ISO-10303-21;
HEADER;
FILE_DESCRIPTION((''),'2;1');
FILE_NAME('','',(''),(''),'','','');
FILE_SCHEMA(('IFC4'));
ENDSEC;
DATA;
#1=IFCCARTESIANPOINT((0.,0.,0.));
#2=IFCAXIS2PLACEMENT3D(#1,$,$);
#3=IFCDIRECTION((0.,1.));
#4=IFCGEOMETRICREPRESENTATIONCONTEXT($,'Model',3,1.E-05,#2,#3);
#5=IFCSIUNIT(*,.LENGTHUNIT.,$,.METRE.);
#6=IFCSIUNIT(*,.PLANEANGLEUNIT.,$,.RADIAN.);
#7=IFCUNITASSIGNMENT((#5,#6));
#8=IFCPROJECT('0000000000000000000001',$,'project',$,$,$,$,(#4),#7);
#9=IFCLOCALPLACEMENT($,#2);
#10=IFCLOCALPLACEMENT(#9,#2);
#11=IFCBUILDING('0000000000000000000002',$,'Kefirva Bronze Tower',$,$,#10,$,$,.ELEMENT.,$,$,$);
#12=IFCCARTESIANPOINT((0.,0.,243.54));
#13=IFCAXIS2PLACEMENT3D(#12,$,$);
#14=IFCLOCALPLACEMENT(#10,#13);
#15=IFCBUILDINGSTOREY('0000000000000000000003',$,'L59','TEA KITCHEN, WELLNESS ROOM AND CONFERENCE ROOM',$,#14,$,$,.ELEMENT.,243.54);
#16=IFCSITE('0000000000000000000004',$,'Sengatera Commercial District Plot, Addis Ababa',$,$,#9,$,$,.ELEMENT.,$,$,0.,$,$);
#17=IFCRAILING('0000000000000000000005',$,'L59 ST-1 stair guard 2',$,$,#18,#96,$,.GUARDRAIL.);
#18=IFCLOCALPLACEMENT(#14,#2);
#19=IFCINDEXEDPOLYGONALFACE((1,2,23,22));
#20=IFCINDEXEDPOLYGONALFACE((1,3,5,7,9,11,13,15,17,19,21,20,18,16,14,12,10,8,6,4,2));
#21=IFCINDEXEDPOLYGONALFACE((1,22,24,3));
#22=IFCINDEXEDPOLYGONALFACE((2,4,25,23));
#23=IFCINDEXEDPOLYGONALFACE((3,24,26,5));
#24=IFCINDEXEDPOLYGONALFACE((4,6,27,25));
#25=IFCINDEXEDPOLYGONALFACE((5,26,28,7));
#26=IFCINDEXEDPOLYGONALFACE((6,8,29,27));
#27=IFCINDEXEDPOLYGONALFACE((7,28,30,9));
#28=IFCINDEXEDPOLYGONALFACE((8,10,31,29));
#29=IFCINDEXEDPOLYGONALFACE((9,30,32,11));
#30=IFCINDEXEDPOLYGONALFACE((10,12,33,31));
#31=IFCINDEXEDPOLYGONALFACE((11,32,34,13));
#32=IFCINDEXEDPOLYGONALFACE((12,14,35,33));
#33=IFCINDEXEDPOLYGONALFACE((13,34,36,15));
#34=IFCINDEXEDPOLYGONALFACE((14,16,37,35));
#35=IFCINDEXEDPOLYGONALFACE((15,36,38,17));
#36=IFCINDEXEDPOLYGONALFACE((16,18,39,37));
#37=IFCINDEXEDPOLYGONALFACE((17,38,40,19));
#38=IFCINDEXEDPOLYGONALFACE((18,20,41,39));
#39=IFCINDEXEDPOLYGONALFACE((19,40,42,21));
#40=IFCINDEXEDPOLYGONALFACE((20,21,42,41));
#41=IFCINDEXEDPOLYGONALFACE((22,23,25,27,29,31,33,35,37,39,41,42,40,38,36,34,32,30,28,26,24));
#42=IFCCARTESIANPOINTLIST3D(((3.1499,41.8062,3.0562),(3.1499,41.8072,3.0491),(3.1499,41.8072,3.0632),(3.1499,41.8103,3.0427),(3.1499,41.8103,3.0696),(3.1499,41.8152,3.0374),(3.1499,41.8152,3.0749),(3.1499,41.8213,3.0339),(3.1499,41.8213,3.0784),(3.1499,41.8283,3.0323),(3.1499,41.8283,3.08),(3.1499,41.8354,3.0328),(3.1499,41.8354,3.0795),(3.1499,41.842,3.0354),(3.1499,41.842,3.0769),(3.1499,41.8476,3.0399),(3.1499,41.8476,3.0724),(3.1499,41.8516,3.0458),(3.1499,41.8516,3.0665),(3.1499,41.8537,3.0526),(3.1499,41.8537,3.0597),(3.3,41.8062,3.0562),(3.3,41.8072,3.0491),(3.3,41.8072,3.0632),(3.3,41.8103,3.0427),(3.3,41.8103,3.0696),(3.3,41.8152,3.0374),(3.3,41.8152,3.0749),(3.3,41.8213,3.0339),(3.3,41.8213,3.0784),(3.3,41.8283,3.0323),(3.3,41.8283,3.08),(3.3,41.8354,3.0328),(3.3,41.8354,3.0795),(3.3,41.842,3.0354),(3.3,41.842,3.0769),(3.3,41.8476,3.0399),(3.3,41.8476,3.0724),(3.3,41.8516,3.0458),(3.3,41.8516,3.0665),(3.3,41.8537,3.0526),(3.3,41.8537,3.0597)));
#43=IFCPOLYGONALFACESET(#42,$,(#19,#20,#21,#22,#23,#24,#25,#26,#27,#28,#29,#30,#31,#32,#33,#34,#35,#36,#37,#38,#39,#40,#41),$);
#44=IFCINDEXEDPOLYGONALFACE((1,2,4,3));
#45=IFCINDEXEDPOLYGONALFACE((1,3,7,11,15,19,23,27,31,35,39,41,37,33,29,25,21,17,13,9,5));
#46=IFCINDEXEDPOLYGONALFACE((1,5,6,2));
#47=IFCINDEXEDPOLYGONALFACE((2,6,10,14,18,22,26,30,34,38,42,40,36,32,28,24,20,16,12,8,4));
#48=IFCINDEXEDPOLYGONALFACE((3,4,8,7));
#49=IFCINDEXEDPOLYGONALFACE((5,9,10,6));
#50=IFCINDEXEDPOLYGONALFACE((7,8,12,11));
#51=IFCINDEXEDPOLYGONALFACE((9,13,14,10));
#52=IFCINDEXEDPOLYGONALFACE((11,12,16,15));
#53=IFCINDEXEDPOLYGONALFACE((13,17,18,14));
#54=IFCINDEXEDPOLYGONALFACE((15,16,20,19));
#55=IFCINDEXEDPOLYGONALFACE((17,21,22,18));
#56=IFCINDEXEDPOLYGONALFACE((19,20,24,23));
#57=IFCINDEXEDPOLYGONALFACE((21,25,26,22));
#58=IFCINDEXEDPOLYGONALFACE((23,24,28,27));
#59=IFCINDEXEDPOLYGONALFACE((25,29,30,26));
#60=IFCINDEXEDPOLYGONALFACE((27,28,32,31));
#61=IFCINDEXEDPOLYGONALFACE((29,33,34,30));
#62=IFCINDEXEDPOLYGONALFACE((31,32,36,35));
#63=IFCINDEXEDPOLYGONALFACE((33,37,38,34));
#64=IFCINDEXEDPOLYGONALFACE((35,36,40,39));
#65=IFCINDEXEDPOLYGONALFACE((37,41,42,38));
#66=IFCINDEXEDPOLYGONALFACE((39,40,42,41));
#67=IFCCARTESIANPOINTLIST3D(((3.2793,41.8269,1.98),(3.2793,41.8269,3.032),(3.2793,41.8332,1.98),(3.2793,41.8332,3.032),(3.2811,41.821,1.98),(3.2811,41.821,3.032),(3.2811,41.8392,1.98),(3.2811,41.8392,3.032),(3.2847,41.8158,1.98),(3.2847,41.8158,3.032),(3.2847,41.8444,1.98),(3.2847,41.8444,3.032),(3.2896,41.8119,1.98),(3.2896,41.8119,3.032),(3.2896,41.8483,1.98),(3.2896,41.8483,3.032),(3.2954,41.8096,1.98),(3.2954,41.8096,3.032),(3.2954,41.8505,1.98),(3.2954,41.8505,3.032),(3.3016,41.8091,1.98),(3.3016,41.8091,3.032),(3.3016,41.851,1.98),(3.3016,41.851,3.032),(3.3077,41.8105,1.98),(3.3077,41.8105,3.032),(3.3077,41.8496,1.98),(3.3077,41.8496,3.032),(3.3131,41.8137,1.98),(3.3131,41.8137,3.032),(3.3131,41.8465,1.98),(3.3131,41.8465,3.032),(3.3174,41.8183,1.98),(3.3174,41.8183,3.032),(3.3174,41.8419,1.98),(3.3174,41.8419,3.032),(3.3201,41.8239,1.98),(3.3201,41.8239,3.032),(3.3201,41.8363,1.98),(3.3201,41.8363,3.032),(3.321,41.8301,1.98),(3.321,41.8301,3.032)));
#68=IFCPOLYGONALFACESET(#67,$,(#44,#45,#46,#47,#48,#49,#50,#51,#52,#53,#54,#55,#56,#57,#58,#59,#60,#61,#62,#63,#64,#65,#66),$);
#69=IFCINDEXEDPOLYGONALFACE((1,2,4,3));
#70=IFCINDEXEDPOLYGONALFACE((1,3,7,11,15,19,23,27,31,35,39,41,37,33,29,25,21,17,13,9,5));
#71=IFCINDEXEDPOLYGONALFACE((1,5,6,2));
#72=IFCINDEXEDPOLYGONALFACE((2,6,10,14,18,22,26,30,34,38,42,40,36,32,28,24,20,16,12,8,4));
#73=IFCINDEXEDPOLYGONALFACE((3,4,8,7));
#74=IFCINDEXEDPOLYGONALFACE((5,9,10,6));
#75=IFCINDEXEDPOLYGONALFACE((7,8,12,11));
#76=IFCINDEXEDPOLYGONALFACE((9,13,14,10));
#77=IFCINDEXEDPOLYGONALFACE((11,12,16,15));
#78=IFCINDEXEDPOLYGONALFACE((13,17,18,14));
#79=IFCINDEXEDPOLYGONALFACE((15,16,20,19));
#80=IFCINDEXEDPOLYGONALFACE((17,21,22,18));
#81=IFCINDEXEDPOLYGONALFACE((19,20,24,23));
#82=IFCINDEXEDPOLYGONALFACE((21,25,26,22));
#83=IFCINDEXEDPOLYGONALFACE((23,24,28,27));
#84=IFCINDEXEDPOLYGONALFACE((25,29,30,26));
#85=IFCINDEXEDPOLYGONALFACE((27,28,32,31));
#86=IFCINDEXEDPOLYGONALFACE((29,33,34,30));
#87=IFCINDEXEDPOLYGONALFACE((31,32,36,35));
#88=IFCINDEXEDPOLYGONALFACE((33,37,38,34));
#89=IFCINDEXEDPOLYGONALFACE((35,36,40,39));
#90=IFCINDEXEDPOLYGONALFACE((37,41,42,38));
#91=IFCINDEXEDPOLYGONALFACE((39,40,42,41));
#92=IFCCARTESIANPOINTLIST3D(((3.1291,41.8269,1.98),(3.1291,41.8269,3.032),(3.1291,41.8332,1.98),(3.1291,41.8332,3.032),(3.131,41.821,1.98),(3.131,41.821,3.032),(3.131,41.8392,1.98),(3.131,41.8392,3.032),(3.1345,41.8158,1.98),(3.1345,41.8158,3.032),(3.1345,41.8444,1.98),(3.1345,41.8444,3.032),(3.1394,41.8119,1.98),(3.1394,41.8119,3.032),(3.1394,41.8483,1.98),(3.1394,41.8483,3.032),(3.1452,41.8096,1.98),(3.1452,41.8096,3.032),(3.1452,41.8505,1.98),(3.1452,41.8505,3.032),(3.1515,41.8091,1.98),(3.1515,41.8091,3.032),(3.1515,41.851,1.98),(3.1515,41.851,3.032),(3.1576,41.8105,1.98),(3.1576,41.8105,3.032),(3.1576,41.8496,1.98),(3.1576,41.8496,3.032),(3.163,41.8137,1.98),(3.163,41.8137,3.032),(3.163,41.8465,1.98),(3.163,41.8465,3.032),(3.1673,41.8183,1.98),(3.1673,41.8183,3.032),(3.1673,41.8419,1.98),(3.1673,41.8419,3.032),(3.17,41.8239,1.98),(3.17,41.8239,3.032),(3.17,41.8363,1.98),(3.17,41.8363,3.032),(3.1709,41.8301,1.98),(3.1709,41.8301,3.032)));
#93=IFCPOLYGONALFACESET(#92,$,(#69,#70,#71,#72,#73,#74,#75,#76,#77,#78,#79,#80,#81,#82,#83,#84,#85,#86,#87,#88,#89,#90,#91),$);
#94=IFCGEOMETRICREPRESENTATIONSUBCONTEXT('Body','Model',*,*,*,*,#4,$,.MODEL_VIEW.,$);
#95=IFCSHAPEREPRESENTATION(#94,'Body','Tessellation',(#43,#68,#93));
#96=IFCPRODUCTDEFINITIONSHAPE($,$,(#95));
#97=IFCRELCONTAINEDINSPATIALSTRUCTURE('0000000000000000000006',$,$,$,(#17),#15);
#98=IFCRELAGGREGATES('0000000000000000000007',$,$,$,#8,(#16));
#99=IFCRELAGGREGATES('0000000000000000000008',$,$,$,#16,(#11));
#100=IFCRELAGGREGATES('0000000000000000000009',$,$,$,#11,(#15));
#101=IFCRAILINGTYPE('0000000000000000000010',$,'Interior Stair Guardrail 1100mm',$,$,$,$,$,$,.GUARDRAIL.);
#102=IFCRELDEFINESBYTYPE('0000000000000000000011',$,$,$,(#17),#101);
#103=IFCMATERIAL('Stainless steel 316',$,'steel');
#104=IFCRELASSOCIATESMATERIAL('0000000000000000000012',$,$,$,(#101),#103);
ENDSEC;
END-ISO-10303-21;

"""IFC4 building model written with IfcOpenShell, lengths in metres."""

from ifc_helpers import new_model, si_unit, direction, frame, origin, origin_2d, place, context, subcontext, project, spatial, circle, extrude, material, type_object, element, save


model = new_model("IFC4")

# Units and contexts
model_context = context("Model", 3, precision=1e-05, world=origin(), true_north=direction((0.0, 1.0)))
body_context = subcontext(model_context, "Body", "Model", "MODEL_VIEW")
ifc_project = project(units=[si_unit("LENGTHUNIT", "METRE"), si_unit("PLANEANGLEUNIT", "RADIAN")], contexts=[model_context])

# Site, building, storey
site_placement = place(None, origin())
site = spatial("IfcSite", under=ifc_project, at=site_placement, Name="Sengatera Commercial District Plot, Addis Ababa", CompositionType="ELEMENT", RefElevation=0.0)
building_placement = place(site_placement, origin())
building = spatial("IfcBuilding", under=site, at=building_placement, Name="Kefirva Bronze Tower", CompositionType="ELEMENT")
storey_placement = place(building_placement, frame((0.0, 0.0, 243.54)))
storey = spatial("IfcBuildingStorey", under=building, at=storey_placement, Name="L59", Description="TEA KITCHEN, WELLNESS ROOM AND CONFERENCE ROOM", CompositionType="ELEMENT", Elevation=243.54)

# Railing
ifc_material_1 = material(Name="Stainless steel 316", Category="steel")
railing_type_1 = type_object("IfcRailingType", Name="Interior Stair Guardrail 1100mm", PredefinedType="GUARDRAIL", material=ifc_material_1)
railing_1_placement = place(storey_placement, frame((3.3, 41.8301, 1.98)))
element("IfcRailing", 1, at=railing_1_placement, inside=storey, type_object=railing_type_1, Name="L59 ST-1 stair guard 2", PredefinedType="GUARDRAIL", context=body_context, shape_type="SweptSolid", body=[
    extrude(circle(Radius=0.0239, at=origin_2d()), frame((0.0, 0.0, 1.0762), z_axis=(-1.0, 0.0, 0.0), x_axis=(0.0, -1.0, 0.0)), (0.0, 0.0, 1.0), 0.1501),
    extrude(circle(Radius=0.021, at=origin_2d()), origin(), (0.0, 0.0, 1.0), 1.052),
    extrude(circle(Radius=0.021, at=origin_2d()), frame((-0.1501, 0.0, 0.0)), (0.0, 0.0, 1.0), 1.052),
])

save(model, "model.ifc")
